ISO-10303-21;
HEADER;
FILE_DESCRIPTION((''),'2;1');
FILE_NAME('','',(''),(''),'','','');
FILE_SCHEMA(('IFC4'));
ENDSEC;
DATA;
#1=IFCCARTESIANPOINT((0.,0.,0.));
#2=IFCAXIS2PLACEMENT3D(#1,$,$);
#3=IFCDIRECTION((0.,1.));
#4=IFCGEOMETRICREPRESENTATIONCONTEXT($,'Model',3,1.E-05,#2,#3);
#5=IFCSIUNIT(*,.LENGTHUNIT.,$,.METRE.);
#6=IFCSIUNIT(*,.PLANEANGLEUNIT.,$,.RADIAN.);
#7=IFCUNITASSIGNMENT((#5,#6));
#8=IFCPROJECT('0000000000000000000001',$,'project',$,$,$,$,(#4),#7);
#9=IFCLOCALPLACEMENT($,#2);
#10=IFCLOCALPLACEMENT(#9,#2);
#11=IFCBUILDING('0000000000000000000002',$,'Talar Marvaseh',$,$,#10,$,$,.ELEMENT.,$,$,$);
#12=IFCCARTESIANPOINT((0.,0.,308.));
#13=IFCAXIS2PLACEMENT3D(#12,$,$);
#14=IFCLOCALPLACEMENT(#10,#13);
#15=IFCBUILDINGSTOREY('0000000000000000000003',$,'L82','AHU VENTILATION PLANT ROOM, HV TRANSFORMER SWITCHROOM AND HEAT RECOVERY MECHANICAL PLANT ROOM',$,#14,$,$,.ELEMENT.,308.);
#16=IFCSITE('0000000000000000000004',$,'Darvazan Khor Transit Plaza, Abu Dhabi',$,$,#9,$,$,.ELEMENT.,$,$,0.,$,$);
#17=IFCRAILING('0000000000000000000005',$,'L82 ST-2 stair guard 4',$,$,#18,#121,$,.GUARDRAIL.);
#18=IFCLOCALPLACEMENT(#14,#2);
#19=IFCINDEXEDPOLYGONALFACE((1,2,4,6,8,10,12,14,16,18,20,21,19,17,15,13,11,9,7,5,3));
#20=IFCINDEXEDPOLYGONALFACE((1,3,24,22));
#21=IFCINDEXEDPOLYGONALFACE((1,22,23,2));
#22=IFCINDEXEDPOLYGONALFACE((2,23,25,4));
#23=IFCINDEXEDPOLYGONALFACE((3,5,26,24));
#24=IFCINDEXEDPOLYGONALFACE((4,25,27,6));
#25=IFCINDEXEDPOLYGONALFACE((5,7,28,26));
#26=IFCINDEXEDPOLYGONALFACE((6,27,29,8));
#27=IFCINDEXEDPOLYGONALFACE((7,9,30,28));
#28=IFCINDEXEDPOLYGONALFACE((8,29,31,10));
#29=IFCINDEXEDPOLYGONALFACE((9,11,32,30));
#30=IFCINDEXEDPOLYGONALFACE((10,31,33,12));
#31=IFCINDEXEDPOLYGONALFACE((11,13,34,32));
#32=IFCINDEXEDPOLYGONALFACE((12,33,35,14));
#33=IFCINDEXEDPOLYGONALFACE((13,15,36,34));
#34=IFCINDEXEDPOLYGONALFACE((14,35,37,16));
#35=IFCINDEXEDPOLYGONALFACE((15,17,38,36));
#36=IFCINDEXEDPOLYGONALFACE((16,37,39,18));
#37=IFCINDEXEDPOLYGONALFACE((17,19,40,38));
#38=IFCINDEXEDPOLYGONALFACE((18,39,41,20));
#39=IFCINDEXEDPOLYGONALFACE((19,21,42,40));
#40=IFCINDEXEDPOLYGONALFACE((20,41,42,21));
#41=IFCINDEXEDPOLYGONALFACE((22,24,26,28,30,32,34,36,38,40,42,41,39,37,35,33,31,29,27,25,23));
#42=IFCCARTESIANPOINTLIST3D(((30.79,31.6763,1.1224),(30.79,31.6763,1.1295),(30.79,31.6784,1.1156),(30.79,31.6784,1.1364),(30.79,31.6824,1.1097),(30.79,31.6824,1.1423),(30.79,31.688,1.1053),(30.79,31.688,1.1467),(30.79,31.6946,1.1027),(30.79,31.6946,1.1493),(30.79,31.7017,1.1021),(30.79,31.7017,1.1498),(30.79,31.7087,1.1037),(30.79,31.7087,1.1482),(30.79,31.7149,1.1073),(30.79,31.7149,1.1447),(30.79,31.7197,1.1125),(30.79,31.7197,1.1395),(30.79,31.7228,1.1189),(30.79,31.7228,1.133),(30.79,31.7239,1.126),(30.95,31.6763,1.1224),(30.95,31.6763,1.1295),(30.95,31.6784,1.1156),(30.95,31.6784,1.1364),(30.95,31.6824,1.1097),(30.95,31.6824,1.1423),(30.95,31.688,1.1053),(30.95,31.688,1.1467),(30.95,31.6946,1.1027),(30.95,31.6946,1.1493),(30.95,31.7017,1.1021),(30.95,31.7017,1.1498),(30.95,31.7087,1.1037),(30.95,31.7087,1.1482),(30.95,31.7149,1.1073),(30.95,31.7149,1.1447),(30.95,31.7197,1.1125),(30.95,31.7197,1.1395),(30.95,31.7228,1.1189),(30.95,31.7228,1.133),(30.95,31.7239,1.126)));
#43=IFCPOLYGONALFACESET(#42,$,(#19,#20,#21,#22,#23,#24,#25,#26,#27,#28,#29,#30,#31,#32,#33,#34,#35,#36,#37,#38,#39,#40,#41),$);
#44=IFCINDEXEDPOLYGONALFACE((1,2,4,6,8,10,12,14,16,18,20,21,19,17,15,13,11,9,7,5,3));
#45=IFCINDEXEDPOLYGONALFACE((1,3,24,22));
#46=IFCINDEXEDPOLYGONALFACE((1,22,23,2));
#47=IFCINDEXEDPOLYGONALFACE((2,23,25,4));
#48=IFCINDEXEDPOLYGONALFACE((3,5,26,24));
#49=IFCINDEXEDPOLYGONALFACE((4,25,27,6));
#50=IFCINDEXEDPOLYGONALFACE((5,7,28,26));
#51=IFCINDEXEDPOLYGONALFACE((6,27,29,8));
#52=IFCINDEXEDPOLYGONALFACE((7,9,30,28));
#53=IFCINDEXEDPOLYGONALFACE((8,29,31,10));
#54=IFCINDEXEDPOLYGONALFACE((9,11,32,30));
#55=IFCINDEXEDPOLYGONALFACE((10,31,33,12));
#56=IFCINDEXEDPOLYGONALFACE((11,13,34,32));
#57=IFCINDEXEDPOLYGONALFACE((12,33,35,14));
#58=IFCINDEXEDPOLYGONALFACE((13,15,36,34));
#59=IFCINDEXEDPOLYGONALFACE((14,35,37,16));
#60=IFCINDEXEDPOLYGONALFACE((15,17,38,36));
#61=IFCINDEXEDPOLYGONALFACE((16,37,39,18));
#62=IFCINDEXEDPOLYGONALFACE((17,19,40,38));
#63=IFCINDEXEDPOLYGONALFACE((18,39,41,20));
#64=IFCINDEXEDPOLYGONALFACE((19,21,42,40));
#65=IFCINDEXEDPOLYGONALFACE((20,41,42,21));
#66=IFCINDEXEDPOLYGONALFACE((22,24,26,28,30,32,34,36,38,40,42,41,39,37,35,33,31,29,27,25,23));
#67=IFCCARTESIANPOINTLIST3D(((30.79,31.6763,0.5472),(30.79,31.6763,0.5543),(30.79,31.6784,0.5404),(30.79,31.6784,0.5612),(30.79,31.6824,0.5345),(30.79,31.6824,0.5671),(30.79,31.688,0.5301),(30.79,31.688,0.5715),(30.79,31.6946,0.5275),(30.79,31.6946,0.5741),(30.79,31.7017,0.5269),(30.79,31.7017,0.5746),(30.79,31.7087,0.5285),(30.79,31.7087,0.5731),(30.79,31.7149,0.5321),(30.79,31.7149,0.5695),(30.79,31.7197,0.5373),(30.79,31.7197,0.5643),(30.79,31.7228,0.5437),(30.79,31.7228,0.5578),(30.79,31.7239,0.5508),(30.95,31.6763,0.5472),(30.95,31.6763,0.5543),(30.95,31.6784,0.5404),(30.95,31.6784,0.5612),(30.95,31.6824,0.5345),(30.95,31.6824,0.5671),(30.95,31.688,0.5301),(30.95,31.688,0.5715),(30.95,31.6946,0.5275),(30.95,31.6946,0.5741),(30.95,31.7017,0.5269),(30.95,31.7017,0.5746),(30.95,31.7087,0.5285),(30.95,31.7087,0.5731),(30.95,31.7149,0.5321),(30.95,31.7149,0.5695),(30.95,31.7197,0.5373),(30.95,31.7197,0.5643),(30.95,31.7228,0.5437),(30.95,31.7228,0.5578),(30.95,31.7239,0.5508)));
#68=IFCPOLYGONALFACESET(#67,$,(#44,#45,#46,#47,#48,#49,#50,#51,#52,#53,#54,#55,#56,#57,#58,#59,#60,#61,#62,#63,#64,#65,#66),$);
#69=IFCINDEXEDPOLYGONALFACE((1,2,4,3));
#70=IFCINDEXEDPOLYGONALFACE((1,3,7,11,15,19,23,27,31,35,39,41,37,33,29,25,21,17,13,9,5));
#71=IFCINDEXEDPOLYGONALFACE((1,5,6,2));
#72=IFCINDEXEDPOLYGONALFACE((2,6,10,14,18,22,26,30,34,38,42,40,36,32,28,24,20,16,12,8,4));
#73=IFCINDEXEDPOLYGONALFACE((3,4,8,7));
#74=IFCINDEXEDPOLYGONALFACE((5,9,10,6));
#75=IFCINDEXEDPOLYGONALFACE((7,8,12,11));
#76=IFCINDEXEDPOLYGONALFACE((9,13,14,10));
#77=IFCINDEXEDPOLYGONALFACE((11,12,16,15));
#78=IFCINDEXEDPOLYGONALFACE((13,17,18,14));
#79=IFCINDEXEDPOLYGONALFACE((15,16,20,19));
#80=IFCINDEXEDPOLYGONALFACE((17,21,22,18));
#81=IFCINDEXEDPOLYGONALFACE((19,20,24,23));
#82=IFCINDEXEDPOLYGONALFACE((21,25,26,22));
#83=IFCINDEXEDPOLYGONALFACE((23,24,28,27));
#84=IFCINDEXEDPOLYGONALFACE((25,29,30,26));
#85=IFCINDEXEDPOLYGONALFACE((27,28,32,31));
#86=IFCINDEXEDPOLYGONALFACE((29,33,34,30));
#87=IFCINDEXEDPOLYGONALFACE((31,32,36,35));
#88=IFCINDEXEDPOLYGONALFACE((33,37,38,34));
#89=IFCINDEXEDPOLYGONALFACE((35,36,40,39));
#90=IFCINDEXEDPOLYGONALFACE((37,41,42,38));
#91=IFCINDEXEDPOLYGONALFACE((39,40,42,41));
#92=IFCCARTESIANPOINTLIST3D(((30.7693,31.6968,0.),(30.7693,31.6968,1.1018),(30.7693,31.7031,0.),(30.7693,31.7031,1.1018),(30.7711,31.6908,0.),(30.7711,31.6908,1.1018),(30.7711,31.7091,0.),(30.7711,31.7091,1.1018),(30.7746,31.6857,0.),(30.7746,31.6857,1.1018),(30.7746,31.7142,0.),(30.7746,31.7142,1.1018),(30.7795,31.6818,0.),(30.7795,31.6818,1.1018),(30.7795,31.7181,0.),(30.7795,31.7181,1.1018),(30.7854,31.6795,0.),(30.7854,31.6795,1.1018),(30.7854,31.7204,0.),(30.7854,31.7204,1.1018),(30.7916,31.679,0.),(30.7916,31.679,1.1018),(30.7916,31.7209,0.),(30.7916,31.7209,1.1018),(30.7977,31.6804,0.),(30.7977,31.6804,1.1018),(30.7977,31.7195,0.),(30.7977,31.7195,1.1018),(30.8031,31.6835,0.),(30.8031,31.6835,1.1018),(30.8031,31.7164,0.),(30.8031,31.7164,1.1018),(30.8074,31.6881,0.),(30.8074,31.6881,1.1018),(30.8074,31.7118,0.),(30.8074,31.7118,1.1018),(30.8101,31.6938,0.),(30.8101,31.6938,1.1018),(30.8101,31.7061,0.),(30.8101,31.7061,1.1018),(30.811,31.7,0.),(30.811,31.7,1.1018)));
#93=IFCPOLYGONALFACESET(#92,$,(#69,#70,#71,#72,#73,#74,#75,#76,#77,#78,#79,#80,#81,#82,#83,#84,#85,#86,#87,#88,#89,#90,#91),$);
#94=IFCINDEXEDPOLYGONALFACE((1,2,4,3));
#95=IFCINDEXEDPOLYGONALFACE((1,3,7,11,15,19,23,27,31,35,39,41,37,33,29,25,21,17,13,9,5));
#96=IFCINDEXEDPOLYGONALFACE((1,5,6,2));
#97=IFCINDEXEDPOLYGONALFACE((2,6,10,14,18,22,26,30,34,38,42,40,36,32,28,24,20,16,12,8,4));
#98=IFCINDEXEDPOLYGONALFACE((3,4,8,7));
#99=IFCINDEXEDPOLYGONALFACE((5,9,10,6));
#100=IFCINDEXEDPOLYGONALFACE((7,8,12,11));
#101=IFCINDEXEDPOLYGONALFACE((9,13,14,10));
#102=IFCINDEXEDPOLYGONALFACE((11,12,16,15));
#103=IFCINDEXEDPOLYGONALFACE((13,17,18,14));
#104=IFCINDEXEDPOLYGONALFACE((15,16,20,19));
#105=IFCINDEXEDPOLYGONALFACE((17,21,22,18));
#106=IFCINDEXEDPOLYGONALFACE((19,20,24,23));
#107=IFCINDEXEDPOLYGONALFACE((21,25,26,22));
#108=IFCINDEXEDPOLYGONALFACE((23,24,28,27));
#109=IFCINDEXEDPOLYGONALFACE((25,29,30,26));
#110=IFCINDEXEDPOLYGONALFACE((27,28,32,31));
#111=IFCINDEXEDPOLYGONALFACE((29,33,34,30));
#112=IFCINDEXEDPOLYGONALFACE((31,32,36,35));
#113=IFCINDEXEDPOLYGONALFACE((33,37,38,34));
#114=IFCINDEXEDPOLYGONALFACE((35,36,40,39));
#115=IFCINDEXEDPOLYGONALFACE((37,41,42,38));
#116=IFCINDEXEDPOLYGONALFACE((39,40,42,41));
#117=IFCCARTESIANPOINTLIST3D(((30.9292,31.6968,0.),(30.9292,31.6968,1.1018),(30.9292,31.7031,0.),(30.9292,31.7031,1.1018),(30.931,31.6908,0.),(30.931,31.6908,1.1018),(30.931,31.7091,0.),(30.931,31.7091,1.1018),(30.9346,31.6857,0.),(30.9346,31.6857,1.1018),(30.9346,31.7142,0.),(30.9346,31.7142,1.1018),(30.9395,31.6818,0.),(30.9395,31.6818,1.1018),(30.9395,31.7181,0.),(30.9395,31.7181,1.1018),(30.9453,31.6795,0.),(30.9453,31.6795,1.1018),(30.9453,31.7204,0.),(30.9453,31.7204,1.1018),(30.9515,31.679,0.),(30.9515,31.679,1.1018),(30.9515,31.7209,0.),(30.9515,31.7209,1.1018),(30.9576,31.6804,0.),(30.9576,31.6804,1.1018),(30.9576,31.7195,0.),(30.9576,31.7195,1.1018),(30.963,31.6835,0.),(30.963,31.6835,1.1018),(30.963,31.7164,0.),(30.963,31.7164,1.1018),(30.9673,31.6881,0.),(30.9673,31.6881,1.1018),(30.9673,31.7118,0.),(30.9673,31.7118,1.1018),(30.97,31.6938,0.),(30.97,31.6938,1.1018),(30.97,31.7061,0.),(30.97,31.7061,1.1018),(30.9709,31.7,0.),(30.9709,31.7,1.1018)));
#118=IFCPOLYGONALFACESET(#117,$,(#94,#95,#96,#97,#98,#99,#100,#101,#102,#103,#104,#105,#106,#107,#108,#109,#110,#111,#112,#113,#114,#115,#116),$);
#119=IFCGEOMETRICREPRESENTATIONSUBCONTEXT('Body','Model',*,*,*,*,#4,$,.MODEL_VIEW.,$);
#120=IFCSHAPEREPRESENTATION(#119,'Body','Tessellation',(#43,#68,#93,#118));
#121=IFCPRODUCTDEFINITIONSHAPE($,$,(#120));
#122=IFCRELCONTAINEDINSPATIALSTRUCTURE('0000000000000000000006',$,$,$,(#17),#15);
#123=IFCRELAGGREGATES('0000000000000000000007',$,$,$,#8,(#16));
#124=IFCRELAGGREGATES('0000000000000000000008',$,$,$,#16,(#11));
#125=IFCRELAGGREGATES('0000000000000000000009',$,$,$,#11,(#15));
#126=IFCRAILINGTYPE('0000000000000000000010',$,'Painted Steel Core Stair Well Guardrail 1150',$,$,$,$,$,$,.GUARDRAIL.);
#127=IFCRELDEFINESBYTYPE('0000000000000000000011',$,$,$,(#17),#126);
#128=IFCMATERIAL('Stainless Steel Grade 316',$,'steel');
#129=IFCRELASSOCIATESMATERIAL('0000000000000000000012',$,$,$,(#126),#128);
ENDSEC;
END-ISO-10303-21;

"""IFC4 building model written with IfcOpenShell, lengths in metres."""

from ifc_helpers import new_model, si_unit, direction, frame, origin, origin_2d, place, context, subcontext, project, spatial, circle, extrude, material, type_object, element, save


model = new_model("IFC4")

# Units and contexts
model_context = context("Model", 3, precision=1e-05, world=origin(), true_north=direction((0.0, 1.0)))
body_context = subcontext(model_context, "Body", "Model", "MODEL_VIEW")
ifc_project = project(units=[si_unit("LENGTHUNIT", "METRE"), si_unit("PLANEANGLEUNIT", "RADIAN")], contexts=[model_context])

# Site, building, storey
site_placement = place(None, origin())
site = spatial("IfcSite", under=ifc_project, at=site_placement, Name="Darvazan Khor Transit Plaza, Abu Dhabi", CompositionType="ELEMENT", RefElevation=0.0)
building_placement = place(site_placement, origin())
building = spatial("IfcBuilding", under=site, at=building_placement, Name="Talar Marvaseh", CompositionType="ELEMENT")
storey_placement = place(building_placement, frame((0.0, 0.0, 308.0)))
storey = spatial("IfcBuildingStorey", under=building, at=storey_placement, Name="L82", Description="AHU VENTILATION PLANT ROOM, HV TRANSFORMER SWITCHROOM AND HEAT RECOVERY MECHANICAL PLANT ROOM", CompositionType="ELEMENT", Elevation=308.0)

# Railing
ifc_material_1 = material(Name="Stainless Steel Grade 316", Category="steel")
railing_type_1 = type_object("IfcRailingType", Name="Painted Steel Core Stair Well Guardrail 1150", PredefinedType="GUARDRAIL", material=ifc_material_1)
railing_1_placement = place(storey_placement, frame((30.79, 31.7, 0.0)))
element("IfcRailing", 1, at=railing_1_placement, inside=storey, type_object=railing_type_1, Name="L82 ST-2 stair guard 4", PredefinedType="GUARDRAIL", context=body_context, shape_type="SweptSolid", body=[
    extrude(circle(Radius=0.0239, at=origin_2d()), frame((0.0, 0.0, 1.126), z_axis=(1.0, 0.0, 0.0), x_axis=(0.0, 1.0, 0.0)), (0.0, 0.0, 1.0), 0.1599),
    extrude(circle(Radius=0.0239, at=origin_2d()), frame((0.0, 0.0, 0.5508), z_axis=(1.0, 0.0, 0.0), x_axis=(0.0, 1.0, 0.0)), (0.0, 0.0, 1.0), 0.1599),
    extrude(circle(Radius=0.021, at=origin_2d()), origin(), (0.0, 0.0, 1.0), 1.1018),
    extrude(circle(Radius=0.021, at=origin_2d()), frame((0.1599, 0.0, 0.0)), (0.0, 0.0, 1.0), 1.1018),
])

save(model, "model.ifc")
